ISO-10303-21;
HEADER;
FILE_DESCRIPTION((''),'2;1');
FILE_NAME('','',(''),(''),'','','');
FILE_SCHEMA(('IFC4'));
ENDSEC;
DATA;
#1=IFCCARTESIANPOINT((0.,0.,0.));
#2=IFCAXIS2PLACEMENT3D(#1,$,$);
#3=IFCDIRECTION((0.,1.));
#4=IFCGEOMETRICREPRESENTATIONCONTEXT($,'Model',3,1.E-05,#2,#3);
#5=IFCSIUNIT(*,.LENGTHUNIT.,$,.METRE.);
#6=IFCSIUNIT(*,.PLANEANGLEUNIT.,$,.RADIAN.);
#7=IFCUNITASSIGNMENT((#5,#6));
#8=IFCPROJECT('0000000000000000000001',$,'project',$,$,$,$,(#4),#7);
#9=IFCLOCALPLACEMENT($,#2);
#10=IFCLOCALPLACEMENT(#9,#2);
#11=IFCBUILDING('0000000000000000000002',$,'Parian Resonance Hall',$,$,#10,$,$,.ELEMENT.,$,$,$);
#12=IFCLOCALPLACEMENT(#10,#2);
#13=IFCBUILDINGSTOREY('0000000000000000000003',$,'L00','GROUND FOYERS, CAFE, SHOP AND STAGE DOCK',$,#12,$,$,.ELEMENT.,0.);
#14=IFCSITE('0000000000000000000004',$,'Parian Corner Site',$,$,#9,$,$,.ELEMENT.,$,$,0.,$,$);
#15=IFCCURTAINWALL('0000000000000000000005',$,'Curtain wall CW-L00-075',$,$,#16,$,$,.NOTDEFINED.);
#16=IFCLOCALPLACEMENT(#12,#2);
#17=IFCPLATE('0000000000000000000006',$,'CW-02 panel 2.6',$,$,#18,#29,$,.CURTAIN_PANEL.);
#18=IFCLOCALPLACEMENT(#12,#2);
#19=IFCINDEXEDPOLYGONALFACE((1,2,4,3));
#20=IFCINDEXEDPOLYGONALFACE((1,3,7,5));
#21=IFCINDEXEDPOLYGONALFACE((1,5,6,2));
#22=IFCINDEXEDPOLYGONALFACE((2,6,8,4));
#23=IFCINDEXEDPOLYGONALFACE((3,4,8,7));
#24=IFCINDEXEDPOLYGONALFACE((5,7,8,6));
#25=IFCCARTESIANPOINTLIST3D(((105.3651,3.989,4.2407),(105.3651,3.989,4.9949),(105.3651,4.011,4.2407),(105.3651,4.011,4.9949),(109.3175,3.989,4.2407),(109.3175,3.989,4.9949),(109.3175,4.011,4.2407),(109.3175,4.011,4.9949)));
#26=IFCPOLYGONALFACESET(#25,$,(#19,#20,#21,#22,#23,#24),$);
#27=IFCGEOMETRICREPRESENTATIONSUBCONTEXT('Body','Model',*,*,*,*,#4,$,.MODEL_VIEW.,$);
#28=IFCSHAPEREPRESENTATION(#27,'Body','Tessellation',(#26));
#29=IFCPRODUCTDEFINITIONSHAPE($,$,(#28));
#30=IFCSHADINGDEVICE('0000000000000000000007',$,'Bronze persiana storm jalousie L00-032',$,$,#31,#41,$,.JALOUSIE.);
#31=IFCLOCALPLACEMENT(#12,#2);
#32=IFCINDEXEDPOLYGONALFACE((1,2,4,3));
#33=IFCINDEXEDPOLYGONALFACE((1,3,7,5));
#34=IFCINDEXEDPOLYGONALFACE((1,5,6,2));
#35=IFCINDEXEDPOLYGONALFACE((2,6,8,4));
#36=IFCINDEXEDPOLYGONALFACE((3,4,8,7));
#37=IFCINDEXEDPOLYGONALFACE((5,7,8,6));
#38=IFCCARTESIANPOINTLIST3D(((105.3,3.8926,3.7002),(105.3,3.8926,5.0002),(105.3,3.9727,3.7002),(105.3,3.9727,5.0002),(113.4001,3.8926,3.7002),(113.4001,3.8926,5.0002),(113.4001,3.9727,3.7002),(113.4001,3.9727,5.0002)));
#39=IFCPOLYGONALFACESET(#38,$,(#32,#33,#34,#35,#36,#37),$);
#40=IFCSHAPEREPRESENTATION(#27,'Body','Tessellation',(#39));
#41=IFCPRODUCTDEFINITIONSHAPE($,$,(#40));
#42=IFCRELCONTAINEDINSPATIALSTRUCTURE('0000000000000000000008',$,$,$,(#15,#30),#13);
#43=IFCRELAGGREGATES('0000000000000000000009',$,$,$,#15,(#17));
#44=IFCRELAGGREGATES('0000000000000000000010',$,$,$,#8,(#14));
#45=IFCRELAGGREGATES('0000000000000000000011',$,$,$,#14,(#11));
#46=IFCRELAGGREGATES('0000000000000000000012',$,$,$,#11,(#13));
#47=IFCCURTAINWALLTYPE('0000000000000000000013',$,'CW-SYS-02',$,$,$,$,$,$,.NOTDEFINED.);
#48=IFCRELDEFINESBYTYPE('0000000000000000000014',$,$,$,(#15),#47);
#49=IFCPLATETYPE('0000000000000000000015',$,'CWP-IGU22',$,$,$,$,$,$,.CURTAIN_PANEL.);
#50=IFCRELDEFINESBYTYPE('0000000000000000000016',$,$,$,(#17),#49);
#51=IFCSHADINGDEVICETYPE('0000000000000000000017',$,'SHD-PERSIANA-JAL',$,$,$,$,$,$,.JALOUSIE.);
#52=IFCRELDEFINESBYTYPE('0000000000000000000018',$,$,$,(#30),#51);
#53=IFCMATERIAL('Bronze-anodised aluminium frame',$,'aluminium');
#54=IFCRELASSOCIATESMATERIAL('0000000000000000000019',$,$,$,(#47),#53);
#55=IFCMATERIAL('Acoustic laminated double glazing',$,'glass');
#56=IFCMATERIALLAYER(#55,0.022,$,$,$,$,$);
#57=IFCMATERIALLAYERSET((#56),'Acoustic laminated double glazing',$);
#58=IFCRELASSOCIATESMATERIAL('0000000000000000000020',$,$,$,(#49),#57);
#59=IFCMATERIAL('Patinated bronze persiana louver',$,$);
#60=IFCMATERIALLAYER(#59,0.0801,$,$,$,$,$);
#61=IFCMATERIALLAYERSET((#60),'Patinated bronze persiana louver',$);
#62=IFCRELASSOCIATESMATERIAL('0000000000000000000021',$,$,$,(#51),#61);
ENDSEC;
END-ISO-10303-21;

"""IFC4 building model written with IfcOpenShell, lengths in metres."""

from ifc_helpers import new_model, si_unit, direction, frame, origin, origin_2d, place, context, subcontext, project, spatial, rectangle, extrude, material, layer, layer_set, type_object, element, aggregate, save


model = new_model("IFC4")

# Units and contexts
model_context = context("Model", 3, precision=1e-05, world=origin(), true_north=direction((0.0, 1.0)))
body_context = subcontext(model_context, "Body", "Model", "MODEL_VIEW")
ifc_project = project(units=[si_unit("LENGTHUNIT", "METRE"), si_unit("PLANEANGLEUNIT", "RADIAN")], contexts=[model_context])

# Site, building, storey
site_placement = place(None, origin())
site = spatial("IfcSite", under=ifc_project, at=site_placement, Name="Parian Corner Site", CompositionType="ELEMENT", RefElevation=0.0)
building_placement = place(site_placement, origin())
building = spatial("IfcBuilding", under=site, at=building_placement, Name="Parian Resonance Hall", CompositionType="ELEMENT")
storey_placement = place(building_placement, origin())
storey = spatial("IfcBuildingStorey", under=building, at=storey_placement, Name="L00", Description="GROUND FOYERS, CAFE, SHOP AND STAGE DOCK", CompositionType="ELEMENT", Elevation=0.0)

# Curtain wall, plate
ifc_material_1 = material(Name="Bronze-anodised aluminium frame", Category="aluminium")
curtain_wall_type = type_object("IfcCurtainWallType", Name="CW-SYS-02", PredefinedType="NOTDEFINED", material=ifc_material_1)
curtain_wall_placement = place(storey_placement, origin())
curtain_wall = element("IfcCurtainWall", 1, at=curtain_wall_placement, inside=storey, type_object=curtain_wall_type, Name="Curtain wall CW-L00-075", PredefinedType="NOTDEFINED")
ifc_material_2 = material(Name="Acoustic laminated double glazing", Category="glass")
ifc_layer_1 = layer(ifc_material_2, 0.022)
ifc_layer_set_1 = layer_set([ifc_layer_1], Name="Acoustic laminated double glazing")
plate_type = type_object("IfcPlateType", Name="CWP-IGU22", PredefinedType="CURTAIN_PANEL", material=ifc_layer_set_1)
plate_1_placement = place(storey_placement, frame((107.3413, 4.0, 4.2407), z_axis=(0.0, 0.0, 1.0), x_axis=(-1.0, 0.0, 0.0)))
plate_1 = element("IfcPlate", 2, at=plate_1_placement, type_object=plate_type, Name="CW-02 panel 2.6", PredefinedType="CURTAIN_PANEL", context=body_context, shape_type="SweptSolid", body=[
    extrude(rectangle(XDim=3.9524, YDim=0.022, at=origin_2d()), origin(), (0.0, 0.0, 1.0), 0.7542),
])
aggregate(curtain_wall, [plate_1])

# Shading device
ifc_material_3 = material(Name="Patinated bronze persiana louver")
ifc_layer_2 = layer(ifc_material_3, 0.0801)
ifc_layer_set_2 = layer_set([ifc_layer_2], Name="Patinated bronze persiana louver")
shading_device_type = type_object("IfcShadingDeviceType", Name="SHD-PERSIANA-JAL", PredefinedType="JALOUSIE", material=ifc_layer_set_2)
shading_device_placement = place(storey_placement, frame((109.3501, 3.9326, 3.7002), z_axis=(0.0, 0.0, 1.0), x_axis=(-1.0, 0.0, 0.0)))
element("IfcShadingDevice", 3, at=shading_device_placement, inside=storey, type_object=shading_device_type, Name="Bronze persiana storm jalousie L00-032", PredefinedType="JALOUSIE", context=body_context, shape_type="SweptSolid", body=[
    extrude(rectangle(XDim=8.1001, YDim=0.0801, at=origin_2d()), origin(), (0.0, 0.0, 1.0), 1.3),
])

save(model, "model.ifc")
